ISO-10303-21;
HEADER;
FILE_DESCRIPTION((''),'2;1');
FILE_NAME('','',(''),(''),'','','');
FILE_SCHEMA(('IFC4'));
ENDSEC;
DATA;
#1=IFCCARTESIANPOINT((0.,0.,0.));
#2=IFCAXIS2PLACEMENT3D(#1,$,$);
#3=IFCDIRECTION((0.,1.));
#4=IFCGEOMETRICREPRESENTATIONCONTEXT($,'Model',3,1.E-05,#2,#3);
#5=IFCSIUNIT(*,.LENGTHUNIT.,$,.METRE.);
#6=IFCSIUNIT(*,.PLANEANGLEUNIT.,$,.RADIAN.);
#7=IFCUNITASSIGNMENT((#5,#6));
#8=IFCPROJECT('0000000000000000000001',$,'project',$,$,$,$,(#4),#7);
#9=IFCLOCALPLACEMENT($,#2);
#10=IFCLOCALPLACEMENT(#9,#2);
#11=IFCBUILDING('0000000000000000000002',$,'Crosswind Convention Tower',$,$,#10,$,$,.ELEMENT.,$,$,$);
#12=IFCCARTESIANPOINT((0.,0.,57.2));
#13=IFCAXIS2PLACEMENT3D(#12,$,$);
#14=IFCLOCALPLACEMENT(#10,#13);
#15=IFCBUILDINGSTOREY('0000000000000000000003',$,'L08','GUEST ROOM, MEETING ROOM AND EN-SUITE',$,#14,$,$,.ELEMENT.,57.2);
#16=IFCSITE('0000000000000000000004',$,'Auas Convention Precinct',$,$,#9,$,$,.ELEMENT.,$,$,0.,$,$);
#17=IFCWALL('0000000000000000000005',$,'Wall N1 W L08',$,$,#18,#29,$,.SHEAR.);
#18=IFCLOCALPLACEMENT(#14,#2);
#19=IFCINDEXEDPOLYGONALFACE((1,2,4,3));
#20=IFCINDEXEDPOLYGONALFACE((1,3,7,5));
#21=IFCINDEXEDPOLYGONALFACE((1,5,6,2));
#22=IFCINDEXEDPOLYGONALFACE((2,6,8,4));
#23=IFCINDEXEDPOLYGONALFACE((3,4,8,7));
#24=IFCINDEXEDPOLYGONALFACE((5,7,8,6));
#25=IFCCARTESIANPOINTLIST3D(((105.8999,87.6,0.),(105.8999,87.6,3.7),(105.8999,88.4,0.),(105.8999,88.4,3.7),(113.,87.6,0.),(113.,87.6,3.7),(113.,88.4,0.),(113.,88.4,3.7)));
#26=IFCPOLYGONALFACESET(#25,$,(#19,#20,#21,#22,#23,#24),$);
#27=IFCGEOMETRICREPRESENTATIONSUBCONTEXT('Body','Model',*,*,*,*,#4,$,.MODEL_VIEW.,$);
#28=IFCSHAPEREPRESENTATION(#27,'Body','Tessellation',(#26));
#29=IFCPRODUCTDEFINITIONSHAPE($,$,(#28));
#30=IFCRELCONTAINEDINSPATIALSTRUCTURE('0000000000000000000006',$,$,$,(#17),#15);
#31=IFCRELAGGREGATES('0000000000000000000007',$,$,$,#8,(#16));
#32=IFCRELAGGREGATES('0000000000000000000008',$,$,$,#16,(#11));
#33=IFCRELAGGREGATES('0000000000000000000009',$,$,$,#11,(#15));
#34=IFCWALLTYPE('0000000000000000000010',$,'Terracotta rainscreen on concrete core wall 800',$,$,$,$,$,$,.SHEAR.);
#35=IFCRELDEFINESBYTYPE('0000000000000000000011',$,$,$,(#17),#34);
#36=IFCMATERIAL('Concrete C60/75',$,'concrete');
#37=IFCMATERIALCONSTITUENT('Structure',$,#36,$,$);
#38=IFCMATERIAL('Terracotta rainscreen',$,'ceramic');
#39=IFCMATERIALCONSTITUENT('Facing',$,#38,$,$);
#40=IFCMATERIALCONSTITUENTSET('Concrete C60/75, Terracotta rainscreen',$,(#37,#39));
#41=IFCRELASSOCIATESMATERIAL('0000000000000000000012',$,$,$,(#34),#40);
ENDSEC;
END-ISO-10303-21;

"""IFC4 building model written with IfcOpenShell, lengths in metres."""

from ifc_helpers import new_model, si_unit, direction, frame, frame_2d, origin, place, context, subcontext, project, spatial, rectangle, extrude, material, constituent, constituent_set, type_object, element, save


model = new_model("IFC4")

# Units and contexts
model_context = context("Model", 3, precision=1e-05, world=origin(), true_north=direction((0.0, 1.0)))
body_context = subcontext(model_context, "Body", "Model", "MODEL_VIEW")
ifc_project = project(units=[si_unit("LENGTHUNIT", "METRE"), si_unit("PLANEANGLEUNIT", "RADIAN")], contexts=[model_context])

# Site, building, storey
site_placement = place(None, origin())
site = spatial("IfcSite", under=ifc_project, at=site_placement, Name="Auas Convention Precinct", CompositionType="ELEMENT", RefElevation=0.0)
building_placement = place(site_placement, origin())
building = spatial("IfcBuilding", under=site, at=building_placement, Name="Crosswind Convention Tower", CompositionType="ELEMENT")
storey_placement = place(building_placement, frame((0.0, 0.0, 57.2)))
storey = spatial("IfcBuildingStorey", under=building, at=storey_placement, Name="L08", Description="GUEST ROOM, MEETING ROOM AND EN-SUITE", CompositionType="ELEMENT", Elevation=57.2)

# Wall
ifc_material_1 = material(Name="Concrete C60/75", Category="concrete")
ifc_constituent_1 = constituent(ifc_material_1, Name="Structure")
ifc_material_2 = material(Name="Terracotta rainscreen", Category="ceramic")
ifc_constituent_2 = constituent(ifc_material_2, Name="Facing")
ifc_constituent_set = constituent_set(constituents=[ifc_constituent_1, ifc_constituent_2], Name="Concrete C60/75, Terracotta rainscreen")
wall_type_1 = type_object("IfcWallType", Name="Terracotta rainscreen on concrete core wall 800", PredefinedType="SHEAR", material=ifc_constituent_set)
wall_1_placement = place(storey_placement, frame((113.0, 88.0, 0.0), z_axis=(0.0, 0.0, 1.0), x_axis=(-1.0, 0.0, 0.0)))
element("IfcWall", 1, at=wall_1_placement, inside=storey, type_object=wall_type_1, Name="Wall N1 W L08", PredefinedType="SHEAR", context=body_context, shape_type="SweptSolid", body=[
    extrude(rectangle(XDim=7.1001, YDim=0.8, at=frame_2d((3.55, 0.0))), origin(), (0.0, 0.0, 1.0), 3.7),
])

save(model, "model.ifc")
